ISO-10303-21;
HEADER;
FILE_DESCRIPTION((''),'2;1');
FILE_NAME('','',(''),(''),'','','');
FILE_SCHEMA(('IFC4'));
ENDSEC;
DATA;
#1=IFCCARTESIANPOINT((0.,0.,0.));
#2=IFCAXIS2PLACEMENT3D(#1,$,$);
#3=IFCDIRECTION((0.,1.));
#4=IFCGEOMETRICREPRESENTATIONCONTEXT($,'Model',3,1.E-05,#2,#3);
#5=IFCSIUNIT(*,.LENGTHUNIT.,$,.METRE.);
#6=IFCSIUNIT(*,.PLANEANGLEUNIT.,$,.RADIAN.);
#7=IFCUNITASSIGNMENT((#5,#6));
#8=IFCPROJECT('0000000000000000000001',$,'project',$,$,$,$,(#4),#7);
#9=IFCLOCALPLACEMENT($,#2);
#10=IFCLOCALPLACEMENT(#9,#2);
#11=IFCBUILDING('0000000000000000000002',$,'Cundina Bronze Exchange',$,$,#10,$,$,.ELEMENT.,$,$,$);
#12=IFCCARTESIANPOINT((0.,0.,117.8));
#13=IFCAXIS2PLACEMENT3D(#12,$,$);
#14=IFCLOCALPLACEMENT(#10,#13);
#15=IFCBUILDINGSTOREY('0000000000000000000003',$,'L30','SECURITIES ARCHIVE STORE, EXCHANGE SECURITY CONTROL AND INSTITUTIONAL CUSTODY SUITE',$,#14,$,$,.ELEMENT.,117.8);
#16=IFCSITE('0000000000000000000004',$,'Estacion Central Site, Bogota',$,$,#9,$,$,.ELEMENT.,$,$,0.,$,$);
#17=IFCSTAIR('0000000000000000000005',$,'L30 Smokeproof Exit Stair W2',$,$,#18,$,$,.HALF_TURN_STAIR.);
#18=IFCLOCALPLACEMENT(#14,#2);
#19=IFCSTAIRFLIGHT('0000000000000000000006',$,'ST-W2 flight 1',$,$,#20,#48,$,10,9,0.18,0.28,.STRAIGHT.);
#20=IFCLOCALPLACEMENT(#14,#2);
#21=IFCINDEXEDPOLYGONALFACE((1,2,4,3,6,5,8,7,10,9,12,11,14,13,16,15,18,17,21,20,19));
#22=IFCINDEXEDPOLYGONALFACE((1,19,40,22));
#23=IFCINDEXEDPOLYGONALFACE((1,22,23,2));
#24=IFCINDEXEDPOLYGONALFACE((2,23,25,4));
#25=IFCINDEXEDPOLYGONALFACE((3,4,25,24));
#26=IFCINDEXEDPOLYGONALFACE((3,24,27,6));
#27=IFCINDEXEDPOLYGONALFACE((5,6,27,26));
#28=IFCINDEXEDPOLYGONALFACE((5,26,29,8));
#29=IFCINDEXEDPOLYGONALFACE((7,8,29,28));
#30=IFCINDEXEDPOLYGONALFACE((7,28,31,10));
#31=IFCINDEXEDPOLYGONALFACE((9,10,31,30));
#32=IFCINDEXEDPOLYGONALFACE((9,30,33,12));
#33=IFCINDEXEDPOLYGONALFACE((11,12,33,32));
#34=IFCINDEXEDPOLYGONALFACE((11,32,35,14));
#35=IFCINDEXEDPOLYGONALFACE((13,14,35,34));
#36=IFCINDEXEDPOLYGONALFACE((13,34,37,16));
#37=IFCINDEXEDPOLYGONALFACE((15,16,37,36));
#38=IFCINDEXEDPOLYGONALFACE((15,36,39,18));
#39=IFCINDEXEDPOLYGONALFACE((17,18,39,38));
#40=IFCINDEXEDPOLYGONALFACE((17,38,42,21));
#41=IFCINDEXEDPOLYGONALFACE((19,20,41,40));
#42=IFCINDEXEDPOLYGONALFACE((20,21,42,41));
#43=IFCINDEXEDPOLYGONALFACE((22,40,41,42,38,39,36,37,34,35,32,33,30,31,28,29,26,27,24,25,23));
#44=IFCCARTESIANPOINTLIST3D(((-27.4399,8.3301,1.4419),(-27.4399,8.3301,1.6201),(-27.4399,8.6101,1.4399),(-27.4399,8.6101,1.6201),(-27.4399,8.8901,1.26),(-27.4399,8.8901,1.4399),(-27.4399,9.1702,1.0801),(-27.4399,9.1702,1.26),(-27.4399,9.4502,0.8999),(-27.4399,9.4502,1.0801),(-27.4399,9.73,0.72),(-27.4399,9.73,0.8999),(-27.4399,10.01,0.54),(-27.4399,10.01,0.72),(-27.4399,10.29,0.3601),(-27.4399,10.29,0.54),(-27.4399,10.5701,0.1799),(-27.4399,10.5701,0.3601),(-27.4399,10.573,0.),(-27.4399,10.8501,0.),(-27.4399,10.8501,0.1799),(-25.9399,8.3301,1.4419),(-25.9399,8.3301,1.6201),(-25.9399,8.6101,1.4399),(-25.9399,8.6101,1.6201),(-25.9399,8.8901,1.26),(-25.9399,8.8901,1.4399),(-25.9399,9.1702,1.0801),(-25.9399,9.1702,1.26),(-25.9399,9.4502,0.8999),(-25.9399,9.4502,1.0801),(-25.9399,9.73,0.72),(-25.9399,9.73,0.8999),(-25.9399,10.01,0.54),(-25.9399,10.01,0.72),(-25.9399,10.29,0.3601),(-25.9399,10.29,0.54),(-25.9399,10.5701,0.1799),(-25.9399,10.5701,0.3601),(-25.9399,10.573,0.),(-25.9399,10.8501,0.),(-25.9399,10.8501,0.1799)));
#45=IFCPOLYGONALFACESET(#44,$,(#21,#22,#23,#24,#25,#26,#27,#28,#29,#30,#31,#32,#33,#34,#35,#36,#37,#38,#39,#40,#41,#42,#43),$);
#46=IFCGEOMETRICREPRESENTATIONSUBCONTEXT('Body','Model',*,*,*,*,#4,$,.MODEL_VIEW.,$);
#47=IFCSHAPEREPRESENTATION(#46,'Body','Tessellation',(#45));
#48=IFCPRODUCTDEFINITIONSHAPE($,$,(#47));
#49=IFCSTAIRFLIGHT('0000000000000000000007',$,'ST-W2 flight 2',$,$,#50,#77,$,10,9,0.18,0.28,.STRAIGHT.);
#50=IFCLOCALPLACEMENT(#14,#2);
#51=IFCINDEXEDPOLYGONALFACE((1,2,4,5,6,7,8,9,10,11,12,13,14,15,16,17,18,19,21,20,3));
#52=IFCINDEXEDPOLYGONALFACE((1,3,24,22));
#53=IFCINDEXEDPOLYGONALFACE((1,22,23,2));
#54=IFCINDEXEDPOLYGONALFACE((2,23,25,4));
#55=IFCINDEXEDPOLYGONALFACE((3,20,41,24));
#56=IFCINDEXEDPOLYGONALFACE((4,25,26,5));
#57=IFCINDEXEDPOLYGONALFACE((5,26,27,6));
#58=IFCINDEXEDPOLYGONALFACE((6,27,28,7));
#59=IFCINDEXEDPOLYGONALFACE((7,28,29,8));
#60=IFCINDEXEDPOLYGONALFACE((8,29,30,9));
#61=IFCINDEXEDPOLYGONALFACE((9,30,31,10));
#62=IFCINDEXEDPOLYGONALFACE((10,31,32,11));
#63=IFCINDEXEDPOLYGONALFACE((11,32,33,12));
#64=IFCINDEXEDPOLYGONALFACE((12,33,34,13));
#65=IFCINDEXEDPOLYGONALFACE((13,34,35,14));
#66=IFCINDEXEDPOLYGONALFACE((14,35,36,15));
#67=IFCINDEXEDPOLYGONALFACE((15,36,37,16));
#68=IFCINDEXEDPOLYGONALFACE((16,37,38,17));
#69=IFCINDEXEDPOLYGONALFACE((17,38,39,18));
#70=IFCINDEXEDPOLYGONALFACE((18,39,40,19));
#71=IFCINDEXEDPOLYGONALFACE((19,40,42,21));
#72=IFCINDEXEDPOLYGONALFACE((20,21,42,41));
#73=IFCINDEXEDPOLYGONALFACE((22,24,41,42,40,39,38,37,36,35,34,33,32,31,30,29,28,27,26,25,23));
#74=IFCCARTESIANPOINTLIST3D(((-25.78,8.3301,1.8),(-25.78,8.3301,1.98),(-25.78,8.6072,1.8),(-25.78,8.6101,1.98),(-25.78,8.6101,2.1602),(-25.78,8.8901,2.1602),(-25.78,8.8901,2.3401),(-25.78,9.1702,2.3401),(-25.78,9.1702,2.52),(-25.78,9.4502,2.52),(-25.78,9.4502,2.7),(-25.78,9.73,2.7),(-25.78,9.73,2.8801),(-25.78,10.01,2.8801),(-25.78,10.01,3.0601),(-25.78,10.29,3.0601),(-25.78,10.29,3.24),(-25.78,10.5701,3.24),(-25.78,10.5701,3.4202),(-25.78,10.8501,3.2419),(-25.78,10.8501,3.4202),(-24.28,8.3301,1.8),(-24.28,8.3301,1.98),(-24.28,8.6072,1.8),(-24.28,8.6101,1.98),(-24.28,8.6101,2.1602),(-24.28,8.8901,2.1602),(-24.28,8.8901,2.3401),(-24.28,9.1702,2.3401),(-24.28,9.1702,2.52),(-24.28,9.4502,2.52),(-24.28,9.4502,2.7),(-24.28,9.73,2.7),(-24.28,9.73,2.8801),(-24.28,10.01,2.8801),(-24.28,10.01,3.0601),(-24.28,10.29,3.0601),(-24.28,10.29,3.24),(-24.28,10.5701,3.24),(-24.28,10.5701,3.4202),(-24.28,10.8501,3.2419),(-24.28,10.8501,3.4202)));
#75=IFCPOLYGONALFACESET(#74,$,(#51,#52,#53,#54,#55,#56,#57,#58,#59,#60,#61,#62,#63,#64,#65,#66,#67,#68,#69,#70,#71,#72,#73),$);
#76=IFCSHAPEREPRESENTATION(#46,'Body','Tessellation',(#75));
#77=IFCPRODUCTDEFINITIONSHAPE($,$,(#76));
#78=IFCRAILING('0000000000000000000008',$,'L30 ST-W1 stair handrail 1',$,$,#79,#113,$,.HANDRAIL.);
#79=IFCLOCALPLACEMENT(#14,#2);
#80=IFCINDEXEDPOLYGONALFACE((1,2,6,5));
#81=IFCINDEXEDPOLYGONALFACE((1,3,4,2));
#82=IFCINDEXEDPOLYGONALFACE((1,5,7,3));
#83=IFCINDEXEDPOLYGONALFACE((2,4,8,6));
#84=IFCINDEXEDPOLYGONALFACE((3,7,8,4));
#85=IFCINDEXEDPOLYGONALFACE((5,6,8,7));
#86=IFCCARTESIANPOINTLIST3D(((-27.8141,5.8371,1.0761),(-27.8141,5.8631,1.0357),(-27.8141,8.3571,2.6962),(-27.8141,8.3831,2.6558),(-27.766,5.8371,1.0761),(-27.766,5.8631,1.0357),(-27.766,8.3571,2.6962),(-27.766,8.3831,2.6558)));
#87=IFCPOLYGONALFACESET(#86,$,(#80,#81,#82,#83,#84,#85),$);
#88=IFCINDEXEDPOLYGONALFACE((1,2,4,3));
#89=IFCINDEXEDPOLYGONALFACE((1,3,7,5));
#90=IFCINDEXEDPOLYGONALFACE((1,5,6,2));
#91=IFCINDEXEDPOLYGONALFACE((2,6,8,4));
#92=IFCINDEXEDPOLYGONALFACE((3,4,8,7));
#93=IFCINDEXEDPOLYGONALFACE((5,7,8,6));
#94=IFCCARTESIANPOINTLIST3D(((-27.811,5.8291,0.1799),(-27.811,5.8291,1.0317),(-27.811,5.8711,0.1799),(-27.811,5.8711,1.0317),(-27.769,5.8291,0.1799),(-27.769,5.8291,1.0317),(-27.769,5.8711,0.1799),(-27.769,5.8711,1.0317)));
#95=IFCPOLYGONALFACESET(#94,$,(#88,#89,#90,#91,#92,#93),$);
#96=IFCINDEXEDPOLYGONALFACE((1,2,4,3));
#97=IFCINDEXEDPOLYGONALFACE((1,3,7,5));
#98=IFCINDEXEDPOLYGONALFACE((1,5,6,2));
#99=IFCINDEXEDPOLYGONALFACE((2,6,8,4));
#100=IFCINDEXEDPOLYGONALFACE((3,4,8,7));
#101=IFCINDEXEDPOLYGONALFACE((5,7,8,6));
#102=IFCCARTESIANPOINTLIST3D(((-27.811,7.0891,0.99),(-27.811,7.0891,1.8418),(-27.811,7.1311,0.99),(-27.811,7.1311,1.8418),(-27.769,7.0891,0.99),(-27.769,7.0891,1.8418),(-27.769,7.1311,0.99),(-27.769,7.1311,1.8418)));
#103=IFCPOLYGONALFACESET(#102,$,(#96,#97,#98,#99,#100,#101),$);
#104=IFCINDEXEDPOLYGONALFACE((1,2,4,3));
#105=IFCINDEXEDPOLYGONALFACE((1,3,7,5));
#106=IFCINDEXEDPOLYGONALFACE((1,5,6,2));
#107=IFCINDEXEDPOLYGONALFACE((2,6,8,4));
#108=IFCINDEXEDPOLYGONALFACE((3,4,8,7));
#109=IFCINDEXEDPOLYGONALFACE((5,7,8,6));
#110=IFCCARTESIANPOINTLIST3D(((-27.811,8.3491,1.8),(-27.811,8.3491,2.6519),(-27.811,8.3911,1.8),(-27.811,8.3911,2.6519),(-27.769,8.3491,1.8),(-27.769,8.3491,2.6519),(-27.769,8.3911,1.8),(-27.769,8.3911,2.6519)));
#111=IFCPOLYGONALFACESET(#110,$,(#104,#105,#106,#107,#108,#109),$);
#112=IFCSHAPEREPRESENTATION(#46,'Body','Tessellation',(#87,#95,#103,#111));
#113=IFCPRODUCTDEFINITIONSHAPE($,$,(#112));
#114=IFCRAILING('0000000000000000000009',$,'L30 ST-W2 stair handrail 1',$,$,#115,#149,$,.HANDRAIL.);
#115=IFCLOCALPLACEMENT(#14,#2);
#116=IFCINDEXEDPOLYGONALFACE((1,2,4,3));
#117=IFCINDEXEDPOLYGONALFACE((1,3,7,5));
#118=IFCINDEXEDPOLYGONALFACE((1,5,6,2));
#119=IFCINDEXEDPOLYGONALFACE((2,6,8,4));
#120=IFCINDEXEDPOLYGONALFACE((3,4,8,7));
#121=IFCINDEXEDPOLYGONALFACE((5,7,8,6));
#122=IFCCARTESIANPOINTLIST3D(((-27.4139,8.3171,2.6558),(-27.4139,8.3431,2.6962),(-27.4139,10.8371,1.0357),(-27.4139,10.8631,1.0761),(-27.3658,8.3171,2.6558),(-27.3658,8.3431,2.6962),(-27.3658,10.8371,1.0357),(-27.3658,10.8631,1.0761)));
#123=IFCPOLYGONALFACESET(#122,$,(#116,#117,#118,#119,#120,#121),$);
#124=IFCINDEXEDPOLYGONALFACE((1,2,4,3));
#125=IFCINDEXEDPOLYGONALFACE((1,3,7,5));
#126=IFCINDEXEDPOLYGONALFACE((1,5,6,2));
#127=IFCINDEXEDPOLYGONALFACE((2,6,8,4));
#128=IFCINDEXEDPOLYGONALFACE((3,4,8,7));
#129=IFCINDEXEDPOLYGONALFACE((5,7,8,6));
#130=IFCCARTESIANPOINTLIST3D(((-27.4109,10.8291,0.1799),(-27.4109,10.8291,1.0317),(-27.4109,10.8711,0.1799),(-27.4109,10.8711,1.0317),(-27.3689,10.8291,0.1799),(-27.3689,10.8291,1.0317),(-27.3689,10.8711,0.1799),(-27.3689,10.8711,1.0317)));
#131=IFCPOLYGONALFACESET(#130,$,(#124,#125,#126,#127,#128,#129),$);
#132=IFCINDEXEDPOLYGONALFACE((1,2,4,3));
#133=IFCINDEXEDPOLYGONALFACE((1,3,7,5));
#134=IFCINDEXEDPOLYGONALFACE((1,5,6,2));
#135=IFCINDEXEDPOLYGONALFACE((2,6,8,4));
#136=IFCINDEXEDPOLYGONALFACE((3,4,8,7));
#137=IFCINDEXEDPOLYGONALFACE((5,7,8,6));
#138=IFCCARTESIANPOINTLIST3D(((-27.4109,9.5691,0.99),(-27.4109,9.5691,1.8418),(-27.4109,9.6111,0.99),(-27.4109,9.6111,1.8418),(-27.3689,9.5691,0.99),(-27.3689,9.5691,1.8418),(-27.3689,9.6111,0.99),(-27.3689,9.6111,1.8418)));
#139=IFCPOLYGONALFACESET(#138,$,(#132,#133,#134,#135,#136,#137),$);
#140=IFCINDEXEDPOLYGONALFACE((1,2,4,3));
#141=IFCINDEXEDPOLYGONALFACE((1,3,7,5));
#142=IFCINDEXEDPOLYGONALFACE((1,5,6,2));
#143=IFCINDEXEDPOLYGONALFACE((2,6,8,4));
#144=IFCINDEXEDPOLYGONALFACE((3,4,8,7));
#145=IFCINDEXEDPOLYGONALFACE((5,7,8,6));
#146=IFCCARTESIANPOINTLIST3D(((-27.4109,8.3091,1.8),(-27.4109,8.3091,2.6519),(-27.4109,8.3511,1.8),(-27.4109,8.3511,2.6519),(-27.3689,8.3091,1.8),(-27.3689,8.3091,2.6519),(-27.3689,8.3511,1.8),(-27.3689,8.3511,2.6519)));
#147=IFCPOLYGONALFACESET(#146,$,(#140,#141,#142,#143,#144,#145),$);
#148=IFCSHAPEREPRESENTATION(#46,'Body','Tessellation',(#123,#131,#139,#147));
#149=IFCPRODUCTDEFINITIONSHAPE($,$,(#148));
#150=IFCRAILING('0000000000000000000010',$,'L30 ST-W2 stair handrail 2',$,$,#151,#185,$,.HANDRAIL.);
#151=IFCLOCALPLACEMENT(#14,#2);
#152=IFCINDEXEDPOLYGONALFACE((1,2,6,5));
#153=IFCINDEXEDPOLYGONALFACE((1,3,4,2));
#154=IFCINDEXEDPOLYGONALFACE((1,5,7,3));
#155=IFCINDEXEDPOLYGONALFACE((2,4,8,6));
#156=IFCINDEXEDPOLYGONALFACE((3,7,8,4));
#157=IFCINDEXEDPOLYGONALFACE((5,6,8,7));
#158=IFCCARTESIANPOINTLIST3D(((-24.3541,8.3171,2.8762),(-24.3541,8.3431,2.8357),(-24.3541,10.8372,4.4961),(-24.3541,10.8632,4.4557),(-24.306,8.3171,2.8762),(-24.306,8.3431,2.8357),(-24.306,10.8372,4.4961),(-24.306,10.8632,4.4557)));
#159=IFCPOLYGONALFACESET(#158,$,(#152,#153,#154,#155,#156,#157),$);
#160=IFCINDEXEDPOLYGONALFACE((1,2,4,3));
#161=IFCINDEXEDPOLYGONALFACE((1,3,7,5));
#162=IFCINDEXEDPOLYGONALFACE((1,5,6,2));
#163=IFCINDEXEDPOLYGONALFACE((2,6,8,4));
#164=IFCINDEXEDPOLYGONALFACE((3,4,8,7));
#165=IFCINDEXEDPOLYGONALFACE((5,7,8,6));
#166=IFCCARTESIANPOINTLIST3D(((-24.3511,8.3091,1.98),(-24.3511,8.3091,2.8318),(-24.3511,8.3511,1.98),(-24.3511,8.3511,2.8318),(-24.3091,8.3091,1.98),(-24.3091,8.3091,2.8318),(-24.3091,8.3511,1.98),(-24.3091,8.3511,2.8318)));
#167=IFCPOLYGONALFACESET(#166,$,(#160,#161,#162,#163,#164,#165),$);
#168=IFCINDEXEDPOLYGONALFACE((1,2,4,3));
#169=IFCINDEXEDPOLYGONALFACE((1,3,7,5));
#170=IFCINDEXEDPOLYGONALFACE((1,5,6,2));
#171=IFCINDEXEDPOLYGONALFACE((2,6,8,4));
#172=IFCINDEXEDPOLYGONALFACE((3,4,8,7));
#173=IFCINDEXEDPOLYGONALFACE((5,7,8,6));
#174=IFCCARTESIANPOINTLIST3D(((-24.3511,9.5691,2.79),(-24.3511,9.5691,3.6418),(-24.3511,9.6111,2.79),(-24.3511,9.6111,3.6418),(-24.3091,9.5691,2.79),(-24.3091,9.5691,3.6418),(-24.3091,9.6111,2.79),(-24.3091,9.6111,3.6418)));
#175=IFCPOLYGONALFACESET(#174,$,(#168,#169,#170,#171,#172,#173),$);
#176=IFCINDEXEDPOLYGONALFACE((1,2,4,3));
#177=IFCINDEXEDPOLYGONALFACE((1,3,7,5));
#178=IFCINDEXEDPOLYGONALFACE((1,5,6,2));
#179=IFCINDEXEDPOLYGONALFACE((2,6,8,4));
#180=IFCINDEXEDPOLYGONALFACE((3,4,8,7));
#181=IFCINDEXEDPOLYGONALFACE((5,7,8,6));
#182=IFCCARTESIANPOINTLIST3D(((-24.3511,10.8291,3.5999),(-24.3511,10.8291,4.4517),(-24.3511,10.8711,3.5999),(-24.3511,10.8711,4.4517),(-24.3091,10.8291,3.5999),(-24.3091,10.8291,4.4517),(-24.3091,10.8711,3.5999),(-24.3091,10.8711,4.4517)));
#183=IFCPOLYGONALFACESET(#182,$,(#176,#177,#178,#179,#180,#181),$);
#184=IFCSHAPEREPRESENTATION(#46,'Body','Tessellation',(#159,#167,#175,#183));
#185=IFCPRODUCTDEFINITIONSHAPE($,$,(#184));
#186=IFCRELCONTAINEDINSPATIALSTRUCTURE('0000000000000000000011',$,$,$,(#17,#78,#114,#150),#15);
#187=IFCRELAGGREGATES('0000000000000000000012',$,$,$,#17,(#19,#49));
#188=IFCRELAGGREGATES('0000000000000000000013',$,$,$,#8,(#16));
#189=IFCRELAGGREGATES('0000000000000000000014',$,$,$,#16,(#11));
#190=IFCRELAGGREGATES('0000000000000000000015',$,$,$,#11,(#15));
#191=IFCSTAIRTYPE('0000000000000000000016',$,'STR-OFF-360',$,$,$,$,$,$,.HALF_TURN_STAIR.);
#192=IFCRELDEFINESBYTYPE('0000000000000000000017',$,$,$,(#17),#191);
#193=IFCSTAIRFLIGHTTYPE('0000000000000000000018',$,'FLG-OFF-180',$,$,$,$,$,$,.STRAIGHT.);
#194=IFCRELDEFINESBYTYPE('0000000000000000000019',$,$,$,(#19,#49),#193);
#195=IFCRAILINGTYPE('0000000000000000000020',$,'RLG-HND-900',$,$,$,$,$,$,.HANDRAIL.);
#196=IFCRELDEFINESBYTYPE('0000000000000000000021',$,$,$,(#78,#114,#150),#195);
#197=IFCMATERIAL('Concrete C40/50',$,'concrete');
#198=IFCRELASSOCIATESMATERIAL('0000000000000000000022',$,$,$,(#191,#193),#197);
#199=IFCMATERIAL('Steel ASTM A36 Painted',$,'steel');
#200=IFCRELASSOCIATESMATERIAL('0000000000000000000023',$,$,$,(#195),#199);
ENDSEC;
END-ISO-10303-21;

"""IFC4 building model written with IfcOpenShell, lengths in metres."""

from ifc_helpers import new_model, si_unit, direction, frame, origin, origin_2d, place, context, subcontext, project, spatial, polyline, rectangle, outline, extrude, material, type_object, element, aggregate, save


model = new_model("IFC4")

# Units and contexts
model_context = context("Model", 3, precision=1e-05, world=origin(), true_north=direction((0.0, 1.0)))
body_context = subcontext(model_context, "Body", "Model", "MODEL_VIEW")
ifc_project = project(units=[si_unit("LENGTHUNIT", "METRE"), si_unit("PLANEANGLEUNIT", "RADIAN")], contexts=[model_context])

# Site, building, storey
site_placement = place(None, origin())
site = spatial("IfcSite", under=ifc_project, at=site_placement, Name="Estacion Central Site, Bogota", CompositionType="ELEMENT", RefElevation=0.0)
building_placement = place(site_placement, origin())
building = spatial("IfcBuilding", under=site, at=building_placement, Name="Cundina Bronze Exchange", CompositionType="ELEMENT")
storey_placement = place(building_placement, frame((0.0, 0.0, 117.8)))
storey = spatial("IfcBuildingStorey", under=building, at=storey_placement, Name="L30", Description="SECURITIES ARCHIVE STORE, EXCHANGE SECURITY CONTROL AND INSTITUTIONAL CUSTODY SUITE", CompositionType="ELEMENT", Elevation=117.8)

# Shared definitions
ifc_material_1 = material(Name="Steel ASTM A36 Painted", Category="steel")

# Shared definitions
ifc_material_2 = material(Name="Concrete C40/50", Category="concrete")
stair_type = type_object("IfcStairType", Name="STR-OFF-360", PredefinedType="HALF_TURN_STAIR", material=ifc_material_2)
stair_flight_type = type_object("IfcStairFlightType", Name="FLG-OFF-180", PredefinedType="STRAIGHT", material=ifc_material_2)

# Stair, stair flights
stair_1_placement = place(storey_placement, origin())
stair_1 = element("IfcStair", 1, at=stair_1_placement, inside=storey, type_object=stair_type, Name="L30 Smokeproof Exit Stair W2", PredefinedType="HALF_TURN_STAIR")
stair_flight_1_placement = place(storey_placement, frame((-26.6899, 10.8501, 0.0), z_axis=(0.0, 0.0, 1.0), x_axis=(0.0, -1.0, 0.0)))
stair_flight_1 = element("IfcStairFlight", 2, at=stair_flight_1_placement, type_object=stair_flight_type, Name="ST-W2 flight 1", NumberOfRisers=10, NumberOfTreads=9, PredefinedType="STRAIGHT", RiserHeight=0.18, TreadLength=0.28, context=body_context, shape_type="SweptSolid", body=[
    extrude(outline(polyline([(0.0, 0.0), (0.0, 0.1799), (0.28, 0.1799), (0.28, 0.3601), (0.5601, 0.3601), (0.5601, 0.54), (0.8401, 0.54), (0.8401, 0.72), (1.1201, 0.72), (1.1201, 0.8999), (1.3999, 0.8999), (1.3999, 1.0801), (1.6799, 1.0801), (1.6799, 1.26), (1.96, 1.26), (1.96, 1.4399), (2.24, 1.4399), (2.24, 1.6201), (2.52, 1.6201), (2.52, 1.8), (2.52, 1.4419), (0.2771, 0.0), (0.0, 0.0)])), frame((0.0, 0.75, 0.0), z_axis=(0.0, -1.0, 0.0), x_axis=(1.0, 0.0, 0.0)), (0.0, 0.0, 1.0), 1.5),
])
stair_flight_2_placement = place(storey_placement, frame((-25.03, 8.3301, 1.8), z_axis=(0.0, 0.0, 1.0), x_axis=(0.0, 1.0, 0.0)))
stair_flight_2 = element("IfcStairFlight", 3, at=stair_flight_2_placement, type_object=stair_flight_type, Name="ST-W2 flight 2", NumberOfRisers=10, NumberOfTreads=9, PredefinedType="STRAIGHT", RiserHeight=0.18, TreadLength=0.28, context=body_context, shape_type="SweptSolid", body=[
    extrude(outline(polyline([(0.0, 0.0), (0.0, 0.1799), (0.28, 0.1799), (0.28, 0.3601), (0.5601, 0.3601), (0.5601, 0.54), (0.8401, 0.54), (0.8401, 0.72), (1.1201, 0.72), (1.1201, 0.8999), (1.3999, 0.8999), (1.3999, 1.0801), (1.6799, 1.0801), (1.6799, 1.26), (1.96, 1.26), (1.96, 1.4399), (2.24, 1.4399), (2.24, 1.6201), (2.52, 1.6201), (2.52, 1.8), (2.52, 1.4419), (0.2771, 0.0), (0.0, 0.0)])), frame((0.0, 0.75, 0.0), z_axis=(0.0, -1.0, 0.0), x_axis=(1.0, 0.0, 0.0)), (0.0, 0.0, 1.0), 1.5),
])
aggregate(stair_1, [stair_flight_1, stair_flight_2])

# Railings
railing_type_1 = type_object("IfcRailingType", Name="RLG-HND-900", PredefinedType="HANDRAIL", material=ifc_material_1)
railing_1_placement = place(storey_placement, frame((-27.79, 5.8501, 0.1799)))
element("IfcRailing", 4, at=railing_1_placement, inside=storey, type_object=railing_type_1, Name="L30 ST-W1 stair handrail 1", PredefinedType="HANDRAIL", context=body_context, shape_type="SweptSolid", body=[
    extrude(rectangle(XDim=0.0481, YDim=0.0481, at=origin_2d()), frame((0.0, 0.0, 0.876), z_axis=(0.0, 0.841163, 0.540782), x_axis=(-1.0, 0.0, 0.0)), (0.0, 0.0, 1.0), 2.9958),
    extrude(rectangle(XDim=0.042, YDim=0.042, at=origin_2d()), origin(), (0.0, 0.0, 1.0), 0.8518),
    extrude(rectangle(XDim=0.042, YDim=0.042, at=origin_2d()), frame((0.0, 1.26, 0.8101)), (0.0, 0.0, 1.0), 0.8518),
    extrude(rectangle(XDim=0.042, YDim=0.042, at=origin_2d()), frame((0.0, 2.52, 1.6201)), (0.0, 0.0, 1.0), 0.8518),
])
railing_2_placement = place(storey_placement, frame((-27.3899, 10.8501, 0.1799)))
element("IfcRailing", 5, at=railing_2_placement, inside=storey, type_object=railing_type_1, Name="L30 ST-W2 stair handrail 1", PredefinedType="HANDRAIL", context=body_context, shape_type="SweptSolid", body=[
    extrude(rectangle(XDim=0.0481, YDim=0.0481, at=origin_2d()), frame((0.0, 0.0, 0.876), z_axis=(0.0, -0.841163, 0.540782), x_axis=(1.0, 0.0, 0.0)), (0.0, 0.0, 1.0), 2.9958),
    extrude(rectangle(XDim=0.042, YDim=0.042, at=origin_2d()), origin(), (0.0, 0.0, 1.0), 0.8518),
    extrude(rectangle(XDim=0.042, YDim=0.042, at=origin_2d()), frame((0.0, -1.26, 0.8101)), (0.0, 0.0, 1.0), 0.8518),
    extrude(rectangle(XDim=0.042, YDim=0.042, at=origin_2d()), frame((0.0, -2.52, 1.6201)), (0.0, 0.0, 1.0), 0.8518),
])
railing_3_placement = place(storey_placement, frame((-24.3301, 8.3301, 1.98)))
element("IfcRailing", 6, at=railing_3_placement, inside=storey, type_object=railing_type_1, Name="L30 ST-W2 stair handrail 2", PredefinedType="HANDRAIL", context=body_context, shape_type="SweptSolid", body=[
    extrude(rectangle(XDim=0.0481, YDim=0.0481, at=origin_2d()), frame((0.0, 0.0, 0.876), z_axis=(0.0, 0.8412, 0.540725), x_axis=(-1.0, 0.0, 0.0)), (0.0, 0.0, 1.0), 2.9958),
    extrude(rectangle(XDim=0.042, YDim=0.042, at=origin_2d()), origin(), (0.0, 0.0, 1.0), 0.8518),
    extrude(rectangle(XDim=0.042, YDim=0.042, at=origin_2d()), frame((0.0, 1.26, 0.8101)), (0.0, 0.0, 1.0), 0.8518),
    extrude(rectangle(XDim=0.042, YDim=0.042, at=origin_2d()), frame((0.0, 2.52, 1.6199)), (0.0, 0.0, 1.0), 0.8518),
])

save(model, "model.ifc")
